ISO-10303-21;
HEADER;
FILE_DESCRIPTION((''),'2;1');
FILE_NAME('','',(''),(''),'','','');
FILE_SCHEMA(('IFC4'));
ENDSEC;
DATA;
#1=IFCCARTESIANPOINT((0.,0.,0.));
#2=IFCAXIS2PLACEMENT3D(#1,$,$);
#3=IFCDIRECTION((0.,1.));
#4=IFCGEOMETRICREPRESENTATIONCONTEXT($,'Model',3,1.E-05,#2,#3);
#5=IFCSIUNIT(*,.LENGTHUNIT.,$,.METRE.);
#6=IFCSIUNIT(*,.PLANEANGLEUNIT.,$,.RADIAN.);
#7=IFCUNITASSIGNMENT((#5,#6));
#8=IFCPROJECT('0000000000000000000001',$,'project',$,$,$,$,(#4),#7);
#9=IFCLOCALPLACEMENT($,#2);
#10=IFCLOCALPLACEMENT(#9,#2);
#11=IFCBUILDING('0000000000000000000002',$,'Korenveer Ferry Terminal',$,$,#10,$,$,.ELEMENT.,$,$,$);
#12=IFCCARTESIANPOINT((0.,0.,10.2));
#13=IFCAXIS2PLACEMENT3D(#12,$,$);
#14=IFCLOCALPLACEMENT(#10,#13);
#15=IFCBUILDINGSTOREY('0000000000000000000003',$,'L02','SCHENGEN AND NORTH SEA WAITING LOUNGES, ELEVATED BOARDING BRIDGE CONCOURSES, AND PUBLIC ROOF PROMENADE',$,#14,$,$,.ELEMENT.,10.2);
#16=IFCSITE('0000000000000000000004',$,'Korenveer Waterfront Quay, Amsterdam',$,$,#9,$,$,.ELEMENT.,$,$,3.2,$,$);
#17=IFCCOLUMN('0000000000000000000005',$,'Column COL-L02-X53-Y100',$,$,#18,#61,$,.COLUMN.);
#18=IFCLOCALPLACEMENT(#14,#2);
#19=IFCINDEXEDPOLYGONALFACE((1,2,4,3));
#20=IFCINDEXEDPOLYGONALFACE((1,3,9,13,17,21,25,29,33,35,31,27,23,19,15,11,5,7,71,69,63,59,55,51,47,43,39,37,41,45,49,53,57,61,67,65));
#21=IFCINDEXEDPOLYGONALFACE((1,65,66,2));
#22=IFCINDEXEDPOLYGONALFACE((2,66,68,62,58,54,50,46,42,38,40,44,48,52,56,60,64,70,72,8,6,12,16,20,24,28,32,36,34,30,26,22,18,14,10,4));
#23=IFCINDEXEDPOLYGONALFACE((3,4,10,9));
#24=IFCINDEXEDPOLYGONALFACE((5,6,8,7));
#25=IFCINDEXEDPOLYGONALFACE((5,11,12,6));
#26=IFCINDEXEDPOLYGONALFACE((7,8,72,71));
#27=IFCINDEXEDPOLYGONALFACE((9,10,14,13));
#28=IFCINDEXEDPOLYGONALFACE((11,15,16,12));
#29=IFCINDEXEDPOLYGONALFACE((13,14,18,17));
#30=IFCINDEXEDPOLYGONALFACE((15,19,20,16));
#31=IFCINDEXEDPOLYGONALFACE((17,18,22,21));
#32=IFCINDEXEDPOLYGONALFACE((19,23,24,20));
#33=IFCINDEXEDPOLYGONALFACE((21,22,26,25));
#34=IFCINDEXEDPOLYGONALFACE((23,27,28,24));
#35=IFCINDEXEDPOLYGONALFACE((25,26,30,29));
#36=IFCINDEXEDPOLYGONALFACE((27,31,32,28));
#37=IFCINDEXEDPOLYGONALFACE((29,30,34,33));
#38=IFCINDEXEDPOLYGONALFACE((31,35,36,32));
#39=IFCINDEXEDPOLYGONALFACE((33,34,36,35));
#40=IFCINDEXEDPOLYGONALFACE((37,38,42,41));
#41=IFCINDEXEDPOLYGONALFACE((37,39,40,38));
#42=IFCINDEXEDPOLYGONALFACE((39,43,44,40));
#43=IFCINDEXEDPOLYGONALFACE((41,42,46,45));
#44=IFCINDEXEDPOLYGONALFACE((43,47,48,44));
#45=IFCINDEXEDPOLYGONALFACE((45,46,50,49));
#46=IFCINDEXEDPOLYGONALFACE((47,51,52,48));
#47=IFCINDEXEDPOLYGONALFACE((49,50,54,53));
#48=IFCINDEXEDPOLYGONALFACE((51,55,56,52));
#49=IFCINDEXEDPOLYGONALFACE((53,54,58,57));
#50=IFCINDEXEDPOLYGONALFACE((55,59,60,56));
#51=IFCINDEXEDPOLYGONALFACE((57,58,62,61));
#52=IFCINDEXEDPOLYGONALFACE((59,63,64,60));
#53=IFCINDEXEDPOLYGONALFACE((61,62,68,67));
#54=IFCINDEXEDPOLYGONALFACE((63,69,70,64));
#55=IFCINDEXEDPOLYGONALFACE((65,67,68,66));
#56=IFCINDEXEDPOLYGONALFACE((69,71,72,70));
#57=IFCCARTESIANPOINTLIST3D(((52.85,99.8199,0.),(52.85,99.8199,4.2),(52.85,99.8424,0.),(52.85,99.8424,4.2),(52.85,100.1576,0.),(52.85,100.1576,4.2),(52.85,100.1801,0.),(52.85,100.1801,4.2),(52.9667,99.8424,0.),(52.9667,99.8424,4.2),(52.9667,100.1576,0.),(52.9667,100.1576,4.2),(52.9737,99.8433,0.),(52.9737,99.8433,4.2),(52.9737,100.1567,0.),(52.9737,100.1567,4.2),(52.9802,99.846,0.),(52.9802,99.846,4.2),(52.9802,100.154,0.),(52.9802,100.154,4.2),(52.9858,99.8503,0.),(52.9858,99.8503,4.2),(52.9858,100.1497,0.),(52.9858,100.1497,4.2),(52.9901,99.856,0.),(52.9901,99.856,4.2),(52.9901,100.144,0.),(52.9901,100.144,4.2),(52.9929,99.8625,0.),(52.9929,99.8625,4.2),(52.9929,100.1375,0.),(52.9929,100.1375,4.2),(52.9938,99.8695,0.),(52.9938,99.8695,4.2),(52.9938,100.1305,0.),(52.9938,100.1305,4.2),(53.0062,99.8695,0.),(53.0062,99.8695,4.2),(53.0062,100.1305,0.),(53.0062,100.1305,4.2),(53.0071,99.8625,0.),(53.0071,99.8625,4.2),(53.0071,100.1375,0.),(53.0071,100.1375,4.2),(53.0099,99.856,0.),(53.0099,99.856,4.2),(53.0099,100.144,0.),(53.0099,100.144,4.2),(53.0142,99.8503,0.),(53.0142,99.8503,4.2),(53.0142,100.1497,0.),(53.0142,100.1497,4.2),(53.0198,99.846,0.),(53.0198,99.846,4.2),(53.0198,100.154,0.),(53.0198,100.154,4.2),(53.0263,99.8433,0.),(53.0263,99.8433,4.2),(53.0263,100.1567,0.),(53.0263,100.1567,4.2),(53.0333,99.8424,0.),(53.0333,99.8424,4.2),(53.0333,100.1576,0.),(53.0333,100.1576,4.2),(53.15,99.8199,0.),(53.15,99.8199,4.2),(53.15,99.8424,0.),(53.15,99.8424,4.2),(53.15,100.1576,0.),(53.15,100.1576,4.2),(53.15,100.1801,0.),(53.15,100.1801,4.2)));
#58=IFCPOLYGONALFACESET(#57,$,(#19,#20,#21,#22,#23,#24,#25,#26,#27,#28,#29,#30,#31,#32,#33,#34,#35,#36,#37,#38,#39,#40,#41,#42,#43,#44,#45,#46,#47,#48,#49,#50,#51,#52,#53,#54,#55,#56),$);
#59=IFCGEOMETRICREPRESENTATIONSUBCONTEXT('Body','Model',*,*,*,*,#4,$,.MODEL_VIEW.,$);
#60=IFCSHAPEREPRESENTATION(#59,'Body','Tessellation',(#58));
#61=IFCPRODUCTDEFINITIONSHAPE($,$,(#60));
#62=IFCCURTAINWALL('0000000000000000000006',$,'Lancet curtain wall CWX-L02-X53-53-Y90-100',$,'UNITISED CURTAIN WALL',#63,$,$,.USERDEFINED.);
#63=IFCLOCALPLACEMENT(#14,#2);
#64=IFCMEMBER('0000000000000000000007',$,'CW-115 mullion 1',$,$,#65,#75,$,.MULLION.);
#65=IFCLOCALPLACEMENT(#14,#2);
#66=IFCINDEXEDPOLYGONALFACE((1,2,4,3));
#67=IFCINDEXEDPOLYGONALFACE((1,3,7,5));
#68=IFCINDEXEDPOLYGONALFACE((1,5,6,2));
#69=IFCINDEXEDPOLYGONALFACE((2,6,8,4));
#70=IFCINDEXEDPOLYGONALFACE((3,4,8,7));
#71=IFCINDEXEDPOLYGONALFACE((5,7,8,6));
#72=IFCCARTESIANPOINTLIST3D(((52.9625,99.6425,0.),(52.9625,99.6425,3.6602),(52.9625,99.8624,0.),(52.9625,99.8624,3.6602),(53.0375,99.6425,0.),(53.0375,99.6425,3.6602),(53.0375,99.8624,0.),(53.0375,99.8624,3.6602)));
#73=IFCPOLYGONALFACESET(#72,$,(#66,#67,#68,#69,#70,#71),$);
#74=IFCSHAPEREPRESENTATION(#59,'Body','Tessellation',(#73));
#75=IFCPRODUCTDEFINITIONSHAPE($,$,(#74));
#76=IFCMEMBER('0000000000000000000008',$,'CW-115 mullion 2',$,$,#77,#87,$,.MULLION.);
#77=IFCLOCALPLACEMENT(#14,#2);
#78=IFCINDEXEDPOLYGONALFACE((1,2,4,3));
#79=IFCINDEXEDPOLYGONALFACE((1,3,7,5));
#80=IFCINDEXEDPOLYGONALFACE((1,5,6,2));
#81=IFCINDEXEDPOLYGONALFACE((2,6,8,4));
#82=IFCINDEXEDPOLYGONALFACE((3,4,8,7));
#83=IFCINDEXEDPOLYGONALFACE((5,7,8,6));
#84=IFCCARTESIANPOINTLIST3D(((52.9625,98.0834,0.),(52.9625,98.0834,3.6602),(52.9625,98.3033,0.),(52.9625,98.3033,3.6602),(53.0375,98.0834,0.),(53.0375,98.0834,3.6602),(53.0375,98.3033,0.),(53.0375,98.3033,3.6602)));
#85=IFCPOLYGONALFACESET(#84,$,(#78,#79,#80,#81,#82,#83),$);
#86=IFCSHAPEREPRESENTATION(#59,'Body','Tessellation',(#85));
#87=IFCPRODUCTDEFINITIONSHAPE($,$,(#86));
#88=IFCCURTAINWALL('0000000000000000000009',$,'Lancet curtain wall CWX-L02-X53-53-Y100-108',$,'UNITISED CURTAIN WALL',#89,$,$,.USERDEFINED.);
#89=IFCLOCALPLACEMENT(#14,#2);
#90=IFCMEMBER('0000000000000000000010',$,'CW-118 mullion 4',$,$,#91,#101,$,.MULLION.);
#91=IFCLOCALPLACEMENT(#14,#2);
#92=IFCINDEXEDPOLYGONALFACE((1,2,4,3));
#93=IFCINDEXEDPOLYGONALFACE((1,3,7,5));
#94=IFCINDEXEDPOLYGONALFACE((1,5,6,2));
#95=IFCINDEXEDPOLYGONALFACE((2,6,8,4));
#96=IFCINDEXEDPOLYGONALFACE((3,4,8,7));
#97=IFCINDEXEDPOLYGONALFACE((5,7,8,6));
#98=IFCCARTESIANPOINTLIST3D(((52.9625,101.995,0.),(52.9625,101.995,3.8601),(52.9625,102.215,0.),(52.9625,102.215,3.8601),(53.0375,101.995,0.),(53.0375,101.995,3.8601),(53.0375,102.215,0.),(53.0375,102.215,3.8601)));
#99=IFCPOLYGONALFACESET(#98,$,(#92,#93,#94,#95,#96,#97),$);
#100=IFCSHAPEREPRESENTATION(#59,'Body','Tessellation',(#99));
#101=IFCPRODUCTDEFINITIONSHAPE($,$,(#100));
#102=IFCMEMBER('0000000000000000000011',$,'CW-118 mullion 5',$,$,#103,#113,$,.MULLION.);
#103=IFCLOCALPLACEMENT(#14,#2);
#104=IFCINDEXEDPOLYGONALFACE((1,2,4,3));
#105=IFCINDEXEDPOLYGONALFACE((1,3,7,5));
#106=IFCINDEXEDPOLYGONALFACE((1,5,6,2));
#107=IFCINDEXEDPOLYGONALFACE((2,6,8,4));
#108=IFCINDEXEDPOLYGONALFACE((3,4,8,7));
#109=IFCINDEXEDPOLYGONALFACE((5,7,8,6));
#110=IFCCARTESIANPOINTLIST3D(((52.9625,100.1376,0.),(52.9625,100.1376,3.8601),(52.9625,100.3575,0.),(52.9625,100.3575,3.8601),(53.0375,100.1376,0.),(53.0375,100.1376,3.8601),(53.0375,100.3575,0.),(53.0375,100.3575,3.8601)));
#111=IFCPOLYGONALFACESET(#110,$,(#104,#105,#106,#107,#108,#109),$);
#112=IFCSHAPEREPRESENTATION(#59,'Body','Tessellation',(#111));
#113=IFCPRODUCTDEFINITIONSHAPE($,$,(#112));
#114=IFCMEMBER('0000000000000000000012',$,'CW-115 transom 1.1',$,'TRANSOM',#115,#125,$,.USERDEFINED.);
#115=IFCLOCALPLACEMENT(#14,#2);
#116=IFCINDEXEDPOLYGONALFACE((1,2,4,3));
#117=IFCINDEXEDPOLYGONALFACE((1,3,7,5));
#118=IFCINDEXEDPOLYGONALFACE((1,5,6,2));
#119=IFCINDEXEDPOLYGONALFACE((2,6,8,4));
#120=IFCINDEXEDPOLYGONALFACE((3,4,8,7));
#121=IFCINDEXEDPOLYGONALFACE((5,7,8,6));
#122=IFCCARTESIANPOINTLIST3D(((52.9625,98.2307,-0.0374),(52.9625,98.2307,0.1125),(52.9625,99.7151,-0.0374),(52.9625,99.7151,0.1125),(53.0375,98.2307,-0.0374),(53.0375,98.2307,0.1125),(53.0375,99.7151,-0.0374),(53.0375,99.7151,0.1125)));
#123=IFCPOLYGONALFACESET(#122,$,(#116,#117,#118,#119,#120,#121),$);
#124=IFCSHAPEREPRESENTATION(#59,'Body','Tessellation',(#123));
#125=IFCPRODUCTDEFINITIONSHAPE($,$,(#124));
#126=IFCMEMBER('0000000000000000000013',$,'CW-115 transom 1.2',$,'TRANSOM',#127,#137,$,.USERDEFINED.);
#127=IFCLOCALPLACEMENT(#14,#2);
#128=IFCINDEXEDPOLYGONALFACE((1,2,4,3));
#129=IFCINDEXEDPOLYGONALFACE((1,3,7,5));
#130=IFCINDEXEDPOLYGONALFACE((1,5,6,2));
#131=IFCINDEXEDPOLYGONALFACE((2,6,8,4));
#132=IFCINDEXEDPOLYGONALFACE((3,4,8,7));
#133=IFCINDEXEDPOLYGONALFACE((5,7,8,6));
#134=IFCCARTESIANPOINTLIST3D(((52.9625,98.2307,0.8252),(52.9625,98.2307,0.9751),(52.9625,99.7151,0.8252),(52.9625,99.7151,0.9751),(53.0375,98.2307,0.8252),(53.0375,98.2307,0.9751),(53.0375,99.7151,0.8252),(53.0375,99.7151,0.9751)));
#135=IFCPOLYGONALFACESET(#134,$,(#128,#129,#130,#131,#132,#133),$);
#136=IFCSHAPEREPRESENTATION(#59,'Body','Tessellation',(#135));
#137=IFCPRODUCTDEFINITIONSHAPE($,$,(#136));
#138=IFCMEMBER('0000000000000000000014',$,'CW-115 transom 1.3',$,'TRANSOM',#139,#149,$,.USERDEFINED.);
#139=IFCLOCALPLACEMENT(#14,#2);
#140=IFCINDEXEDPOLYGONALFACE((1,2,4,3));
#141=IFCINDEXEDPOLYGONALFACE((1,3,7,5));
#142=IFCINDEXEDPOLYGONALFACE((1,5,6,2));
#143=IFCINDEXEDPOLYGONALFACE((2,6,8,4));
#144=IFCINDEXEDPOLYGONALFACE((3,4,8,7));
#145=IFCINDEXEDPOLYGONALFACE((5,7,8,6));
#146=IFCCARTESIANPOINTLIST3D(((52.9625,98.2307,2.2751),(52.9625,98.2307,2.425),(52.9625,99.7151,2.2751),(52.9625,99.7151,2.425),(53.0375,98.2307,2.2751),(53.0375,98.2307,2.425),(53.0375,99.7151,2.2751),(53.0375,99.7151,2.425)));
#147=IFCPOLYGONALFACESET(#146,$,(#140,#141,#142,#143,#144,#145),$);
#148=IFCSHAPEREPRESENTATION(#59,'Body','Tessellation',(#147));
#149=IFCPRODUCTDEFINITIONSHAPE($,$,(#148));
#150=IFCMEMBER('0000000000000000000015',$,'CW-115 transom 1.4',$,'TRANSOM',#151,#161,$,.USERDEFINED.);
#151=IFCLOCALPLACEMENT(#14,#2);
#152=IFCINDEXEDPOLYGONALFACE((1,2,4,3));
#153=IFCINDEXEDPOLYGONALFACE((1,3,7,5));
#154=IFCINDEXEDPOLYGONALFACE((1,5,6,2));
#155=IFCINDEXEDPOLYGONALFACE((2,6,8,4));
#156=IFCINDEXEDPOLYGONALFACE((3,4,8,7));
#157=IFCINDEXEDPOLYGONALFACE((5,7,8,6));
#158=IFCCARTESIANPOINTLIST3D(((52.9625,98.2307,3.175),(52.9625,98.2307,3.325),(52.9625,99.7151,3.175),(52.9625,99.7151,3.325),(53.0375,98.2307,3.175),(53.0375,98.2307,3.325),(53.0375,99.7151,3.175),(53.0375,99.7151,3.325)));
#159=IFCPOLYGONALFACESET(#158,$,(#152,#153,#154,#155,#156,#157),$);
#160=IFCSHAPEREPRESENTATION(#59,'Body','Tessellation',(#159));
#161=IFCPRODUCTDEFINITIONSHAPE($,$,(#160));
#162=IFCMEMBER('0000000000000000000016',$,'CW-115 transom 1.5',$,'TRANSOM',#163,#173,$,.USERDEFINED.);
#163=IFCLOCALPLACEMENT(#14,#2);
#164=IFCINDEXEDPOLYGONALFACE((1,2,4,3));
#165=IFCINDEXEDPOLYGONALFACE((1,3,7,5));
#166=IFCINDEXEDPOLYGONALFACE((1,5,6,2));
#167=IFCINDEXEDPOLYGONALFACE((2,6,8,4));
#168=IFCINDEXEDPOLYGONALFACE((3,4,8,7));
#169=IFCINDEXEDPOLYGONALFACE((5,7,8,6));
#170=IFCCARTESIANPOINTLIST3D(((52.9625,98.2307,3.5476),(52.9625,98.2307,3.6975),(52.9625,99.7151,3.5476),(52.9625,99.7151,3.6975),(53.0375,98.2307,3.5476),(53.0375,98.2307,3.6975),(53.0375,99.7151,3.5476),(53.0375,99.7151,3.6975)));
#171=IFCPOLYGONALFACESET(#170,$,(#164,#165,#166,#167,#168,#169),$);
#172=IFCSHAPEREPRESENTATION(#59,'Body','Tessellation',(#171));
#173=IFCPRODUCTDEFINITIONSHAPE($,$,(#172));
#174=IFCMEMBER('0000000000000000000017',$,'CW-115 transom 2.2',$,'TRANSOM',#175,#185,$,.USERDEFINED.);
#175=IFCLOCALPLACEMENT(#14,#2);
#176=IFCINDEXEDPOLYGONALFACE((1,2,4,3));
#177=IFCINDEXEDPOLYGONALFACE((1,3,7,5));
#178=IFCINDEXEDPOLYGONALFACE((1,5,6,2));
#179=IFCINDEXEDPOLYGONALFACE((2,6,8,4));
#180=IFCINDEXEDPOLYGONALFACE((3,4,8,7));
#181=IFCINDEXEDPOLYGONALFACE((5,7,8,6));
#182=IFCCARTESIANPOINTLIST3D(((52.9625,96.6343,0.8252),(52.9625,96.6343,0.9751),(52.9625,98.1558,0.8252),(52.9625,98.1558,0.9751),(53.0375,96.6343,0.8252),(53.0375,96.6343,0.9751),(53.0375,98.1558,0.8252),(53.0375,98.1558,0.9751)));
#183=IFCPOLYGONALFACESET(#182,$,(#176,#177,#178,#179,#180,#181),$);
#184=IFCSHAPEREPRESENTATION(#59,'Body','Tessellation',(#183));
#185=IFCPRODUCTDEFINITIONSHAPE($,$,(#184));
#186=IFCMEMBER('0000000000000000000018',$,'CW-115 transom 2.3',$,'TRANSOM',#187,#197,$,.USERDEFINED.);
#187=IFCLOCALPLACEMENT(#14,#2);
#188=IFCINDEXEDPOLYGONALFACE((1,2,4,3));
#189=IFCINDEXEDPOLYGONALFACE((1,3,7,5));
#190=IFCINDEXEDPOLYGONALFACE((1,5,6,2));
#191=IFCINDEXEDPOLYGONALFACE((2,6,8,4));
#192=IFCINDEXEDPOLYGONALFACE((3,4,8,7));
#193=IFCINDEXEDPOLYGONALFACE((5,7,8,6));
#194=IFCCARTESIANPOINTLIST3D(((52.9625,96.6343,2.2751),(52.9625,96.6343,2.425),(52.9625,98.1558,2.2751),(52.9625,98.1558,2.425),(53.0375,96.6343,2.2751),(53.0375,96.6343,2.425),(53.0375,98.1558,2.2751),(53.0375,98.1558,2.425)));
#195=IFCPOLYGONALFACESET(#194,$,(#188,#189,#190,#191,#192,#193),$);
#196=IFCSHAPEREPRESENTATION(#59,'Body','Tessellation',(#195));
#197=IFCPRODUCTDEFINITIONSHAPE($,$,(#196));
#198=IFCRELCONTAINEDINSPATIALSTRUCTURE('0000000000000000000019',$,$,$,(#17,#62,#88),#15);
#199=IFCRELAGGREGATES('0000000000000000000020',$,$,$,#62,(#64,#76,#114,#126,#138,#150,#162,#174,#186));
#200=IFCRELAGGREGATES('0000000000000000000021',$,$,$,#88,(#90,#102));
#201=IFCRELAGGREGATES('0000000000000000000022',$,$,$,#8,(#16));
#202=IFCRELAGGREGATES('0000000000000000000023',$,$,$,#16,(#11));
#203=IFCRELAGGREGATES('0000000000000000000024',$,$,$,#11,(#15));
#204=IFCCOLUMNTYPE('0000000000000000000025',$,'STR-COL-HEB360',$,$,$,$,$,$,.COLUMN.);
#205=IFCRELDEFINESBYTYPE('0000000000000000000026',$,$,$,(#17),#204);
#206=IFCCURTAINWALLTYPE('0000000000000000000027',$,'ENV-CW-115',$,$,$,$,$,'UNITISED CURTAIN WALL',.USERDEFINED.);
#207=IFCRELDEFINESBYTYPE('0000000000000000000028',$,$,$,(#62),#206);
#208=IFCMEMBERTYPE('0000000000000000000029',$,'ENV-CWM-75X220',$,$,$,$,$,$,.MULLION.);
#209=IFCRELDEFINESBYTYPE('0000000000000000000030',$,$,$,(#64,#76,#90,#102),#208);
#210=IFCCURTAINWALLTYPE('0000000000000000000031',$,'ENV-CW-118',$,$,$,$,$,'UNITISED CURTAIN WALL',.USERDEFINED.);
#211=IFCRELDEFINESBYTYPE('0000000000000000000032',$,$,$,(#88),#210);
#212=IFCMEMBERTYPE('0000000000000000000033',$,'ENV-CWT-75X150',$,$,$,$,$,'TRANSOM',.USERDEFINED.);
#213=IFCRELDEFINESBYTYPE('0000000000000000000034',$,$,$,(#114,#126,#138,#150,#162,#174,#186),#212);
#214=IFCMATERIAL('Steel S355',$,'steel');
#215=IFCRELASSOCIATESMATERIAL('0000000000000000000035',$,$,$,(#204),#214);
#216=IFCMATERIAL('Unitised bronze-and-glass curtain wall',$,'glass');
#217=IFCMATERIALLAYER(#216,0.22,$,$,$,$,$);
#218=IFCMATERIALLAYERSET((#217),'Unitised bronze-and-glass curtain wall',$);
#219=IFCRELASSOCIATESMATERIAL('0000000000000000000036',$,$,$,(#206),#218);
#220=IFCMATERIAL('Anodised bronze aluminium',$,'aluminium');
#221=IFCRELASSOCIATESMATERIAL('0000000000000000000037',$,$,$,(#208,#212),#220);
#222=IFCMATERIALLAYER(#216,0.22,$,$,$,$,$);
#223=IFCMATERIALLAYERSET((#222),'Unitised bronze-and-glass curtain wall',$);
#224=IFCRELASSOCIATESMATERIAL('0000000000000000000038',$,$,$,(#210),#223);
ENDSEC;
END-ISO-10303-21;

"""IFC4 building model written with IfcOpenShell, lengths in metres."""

from ifc_helpers import new_model, si_unit, direction, frame, origin, origin_2d, place, context, subcontext, project, spatial, rectangle, i_section, extrude, material, layer, layer_set, material_profile, profile_set, type_object, element, aggregate, save


model = new_model("IFC4")

# Units and contexts
model_context = context("Model", 3, precision=1e-05, world=origin(), true_north=direction((0.0, 1.0)))
body_context = subcontext(model_context, "Body", "Model", "MODEL_VIEW")
ifc_project = project(units=[si_unit("LENGTHUNIT", "METRE"), si_unit("PLANEANGLEUNIT", "RADIAN")], contexts=[model_context])

# Site, building, storey
site_placement = place(None, origin())
site = spatial("IfcSite", under=ifc_project, at=site_placement, Name="Korenveer Waterfront Quay, Amsterdam", CompositionType="ELEMENT", RefElevation=3.2)
building_placement = place(site_placement, origin())
building = spatial("IfcBuilding", under=site, at=building_placement, Name="Korenveer Ferry Terminal", CompositionType="ELEMENT")
storey_placement = place(building_placement, frame((0.0, 0.0, 10.2)))
storey = spatial("IfcBuildingStorey", under=building, at=storey_placement, Name="L02", Description="SCHENGEN AND NORTH SEA WAITING LOUNGES, ELEVATED BOARDING BRIDGE CONCOURSES, AND PUBLIC ROOF PROMENADE", CompositionType="ELEMENT", Elevation=10.2)

# Column
ifc_material_1 = material(Name="Steel S355", Category="steel")
ifc_material_profile_1 = material_profile(ifc_material_1, i_section(OverallWidth=0.3, OverallDepth=0.3601, WebThickness=0.0125, FlangeThickness=0.0225, FilletRadius=0.0271, at=origin_2d()), Name="HEB 360")
ifc_profile_set_1 = profile_set([ifc_material_profile_1], Name="Steel S355")
column_type = type_object("IfcColumnType", Name="STR-COL-HEB360", PredefinedType="COLUMN", material=ifc_profile_set_1)
column_placement = place(storey_placement, frame((53.0, 100.0, 0.0), z_axis=(0.0, 0.0, 1.0), x_axis=(1.0, 0.0, 0.0)))
element("IfcColumn", 1, at=column_placement, inside=storey, type_object=column_type, Name="Column COL-L02-X53-Y100", PredefinedType="COLUMN", context=body_context, shape_type="SweptSolid", body=[
    extrude(i_section(OverallWidth=0.3, OverallDepth=0.3601, WebThickness=0.0125, FlangeThickness=0.0225, FilletRadius=0.0271, at=origin_2d()), origin(), (0.0, 0.0, 1.0), 4.2),
])

# Curtain walls, members
ifc_material_2 = material(Name="Unitised bronze-and-glass curtain wall", Category="glass")
ifc_layer_1 = layer(ifc_material_2, 0.22)
ifc_layer_set_1 = layer_set([ifc_layer_1], Name="Unitised bronze-and-glass curtain wall")
curtain_wall_type_1 = type_object("IfcCurtainWallType", Name="ENV-CW-115", ElementType="UNITISED CURTAIN WALL", PredefinedType="USERDEFINED", material=ifc_layer_set_1)
curtain_wall_1_placement = place(storey_placement, frame((53.0, 99.79, 0.0)))
curtain_wall_1 = element("IfcCurtainWall", 2, at=curtain_wall_1_placement, inside=storey, type_object=curtain_wall_type_1, Name="Lancet curtain wall CWX-L02-X53-53-Y90-100", ObjectType="UNITISED CURTAIN WALL", PredefinedType="USERDEFINED")
ifc_material_3 = material(Name="Anodised bronze aluminium", Category="aluminium")
ifc_material_profile_2 = material_profile(ifc_material_3, rectangle(XDim=0.075, YDim=0.22, at=origin_2d()), Name="ALU 75x220")
ifc_profile_set_2 = profile_set([ifc_material_profile_2], Name="Anodised bronze aluminium")
member_type_1 = type_object("IfcMemberType", Name="ENV-CWM-75X220", PredefinedType="MULLION", material=ifc_profile_set_2)
member_1_placement = place(storey_placement, frame((53.0, 99.7524, 0.0), z_axis=(0.0, 0.0, 1.0), x_axis=(1.0, 0.0, 0.0)))
member_1 = element("IfcMember", 3, at=member_1_placement, type_object=member_type_1, Name="CW-115 mullion 1", PredefinedType="MULLION", context=body_context, shape_type="SweptSolid", body=[
    extrude(rectangle(XDim=0.075, YDim=0.22, at=origin_2d()), origin(), (0.0, 0.0, 1.0), 3.6602),
])
member_2_placement = place(storey_placement, frame((53.0, 98.1934, 0.0), z_axis=(0.0, 0.0, 1.0), x_axis=(1.0, 0.0, 0.0)))
member_2 = element("IfcMember", 4, at=member_2_placement, type_object=member_type_1, Name="CW-115 mullion 2", PredefinedType="MULLION", context=body_context, shape_type="SweptSolid", body=[
    extrude(rectangle(XDim=0.075, YDim=0.22, at=origin_2d()), origin(), (0.0, 0.0, 1.0), 3.6602),
])
ifc_layer_2 = layer(ifc_material_2, 0.22)
ifc_layer_set_2 = layer_set([ifc_layer_2], Name="Unitised bronze-and-glass curtain wall")
curtain_wall_type_2 = type_object("IfcCurtainWallType", Name="ENV-CW-118", ElementType="UNITISED CURTAIN WALL", PredefinedType="USERDEFINED", material=ifc_layer_set_2)
curtain_wall_2_placement = place(storey_placement, frame((53.0, 107.79, 0.0)))
curtain_wall_2 = element("IfcCurtainWall", 5, at=curtain_wall_2_placement, inside=storey, type_object=curtain_wall_type_2, Name="Lancet curtain wall CWX-L02-X53-53-Y100-108", ObjectType="UNITISED CURTAIN WALL", PredefinedType="USERDEFINED")
member_3_placement = place(storey_placement, frame((53.0, 102.105, 0.0), z_axis=(0.0, 0.0, 1.0), x_axis=(1.0, 0.0, 0.0)))
member_3 = element("IfcMember", 6, at=member_3_placement, type_object=member_type_1, Name="CW-118 mullion 4", PredefinedType="MULLION", context=body_context, shape_type="SweptSolid", body=[
    extrude(rectangle(XDim=0.075, YDim=0.22, at=origin_2d()), origin(), (0.0, 0.0, 1.0), 3.8601),
])
member_4_placement = place(storey_placement, frame((53.0, 100.2476, 0.0), z_axis=(0.0, 0.0, 1.0), x_axis=(1.0, 0.0, 0.0)))
member_4 = element("IfcMember", 7, at=member_4_placement, type_object=member_type_1, Name="CW-118 mullion 5", PredefinedType="MULLION", context=body_context, shape_type="SweptSolid", body=[
    extrude(rectangle(XDim=0.075, YDim=0.22, at=origin_2d()), origin(), (0.0, 0.0, 1.0), 3.8601),
])

# Members
ifc_material_profile_3 = material_profile(ifc_material_3, rectangle(XDim=0.075, YDim=0.1499, at=origin_2d()), Name="ALU 75x150")
ifc_profile_set_3 = profile_set([ifc_material_profile_3], Name="Anodised bronze aluminium")
member_type_2 = type_object("IfcMemberType", Name="ENV-CWT-75X150", ElementType="TRANSOM", PredefinedType="USERDEFINED", material=ifc_profile_set_3)
member_5_placement = place(storey_placement, frame((53.0, 99.7151, 0.0376), z_axis=(0.0, -1.0, 0.0), x_axis=(1.0, 0.0, 0.0)))
member_5 = element("IfcMember", 8, at=member_5_placement, type_object=member_type_2, Name="CW-115 transom 1.1", ObjectType="TRANSOM", PredefinedType="USERDEFINED", context=body_context, shape_type="SweptSolid", body=[
    extrude(rectangle(XDim=0.075, YDim=0.1499, at=origin_2d()), origin(), (0.0, 0.0, 1.0), 1.4844),
])
member_6_placement = place(storey_placement, frame((53.0, 99.7151, 0.9001), z_axis=(0.0, -1.0, 0.0), x_axis=(1.0, 0.0, 0.0)))
member_6 = element("IfcMember", 9, at=member_6_placement, type_object=member_type_2, Name="CW-115 transom 1.2", ObjectType="TRANSOM", PredefinedType="USERDEFINED", context=body_context, shape_type="SweptSolid", body=[
    extrude(rectangle(XDim=0.075, YDim=0.1499, at=origin_2d()), origin(), (0.0, 0.0, 1.0), 1.4844),
])
member_7_placement = place(storey_placement, frame((53.0, 99.7151, 2.3501), z_axis=(0.0, -1.0, 0.0), x_axis=(1.0, 0.0, 0.0)))
member_7 = element("IfcMember", 10, at=member_7_placement, type_object=member_type_2, Name="CW-115 transom 1.3", ObjectType="TRANSOM", PredefinedType="USERDEFINED", context=body_context, shape_type="SweptSolid", body=[
    extrude(rectangle(XDim=0.075, YDim=0.1499, at=origin_2d()), origin(), (0.0, 0.0, 1.0), 1.4844),
])
member_8_placement = place(storey_placement, frame((53.0, 99.7151, 3.25), z_axis=(0.0, -1.0, 0.0), x_axis=(1.0, 0.0, 0.0)))
member_8 = element("IfcMember", 11, at=member_8_placement, type_object=member_type_2, Name="CW-115 transom 1.4", ObjectType="TRANSOM", PredefinedType="USERDEFINED", context=body_context, shape_type="SweptSolid", body=[
    extrude(rectangle(XDim=0.075, YDim=0.1499, at=origin_2d()), origin(), (0.0, 0.0, 1.0), 1.4844),
])
member_9_placement = place(storey_placement, frame((53.0, 99.7151, 3.6226), z_axis=(0.0, -1.0, 0.0), x_axis=(1.0, 0.0, 0.0)))
member_9 = element("IfcMember", 12, at=member_9_placement, type_object=member_type_2, Name="CW-115 transom 1.5", ObjectType="TRANSOM", PredefinedType="USERDEFINED", context=body_context, shape_type="SweptSolid", body=[
    extrude(rectangle(XDim=0.075, YDim=0.1499, at=origin_2d()), origin(), (0.0, 0.0, 1.0), 1.4844),
])
member_10_placement = place(storey_placement, frame((53.0, 98.1558, 0.9001), z_axis=(0.0, -1.0, 0.0), x_axis=(1.0, 0.0, 0.0)))
member_10 = element("IfcMember", 13, at=member_10_placement, type_object=member_type_2, Name="CW-115 transom 2.2", ObjectType="TRANSOM", PredefinedType="USERDEFINED", context=body_context, shape_type="SweptSolid", body=[
    extrude(rectangle(XDim=0.075, YDim=0.1499, at=origin_2d()), origin(), (0.0, 0.0, 1.0), 1.5215),
])
member_11_placement = place(storey_placement, frame((53.0, 98.1558, 2.3501), z_axis=(0.0, -1.0, 0.0), x_axis=(1.0, 0.0, 0.0)))
member_11 = element("IfcMember", 14, at=member_11_placement, type_object=member_type_2, Name="CW-115 transom 2.3", ObjectType="TRANSOM", PredefinedType="USERDEFINED", context=body_context, shape_type="SweptSolid", body=[
    extrude(rectangle(XDim=0.075, YDim=0.1499, at=origin_2d()), origin(), (0.0, 0.0, 1.0), 1.5215),
])

aggregate(curtain_wall_1, [member_1, member_2, member_5, member_6, member_7, member_8, member_9, member_10, member_11])
aggregate(curtain_wall_2, [member_3, member_4])

save(model, "model.ifc")
